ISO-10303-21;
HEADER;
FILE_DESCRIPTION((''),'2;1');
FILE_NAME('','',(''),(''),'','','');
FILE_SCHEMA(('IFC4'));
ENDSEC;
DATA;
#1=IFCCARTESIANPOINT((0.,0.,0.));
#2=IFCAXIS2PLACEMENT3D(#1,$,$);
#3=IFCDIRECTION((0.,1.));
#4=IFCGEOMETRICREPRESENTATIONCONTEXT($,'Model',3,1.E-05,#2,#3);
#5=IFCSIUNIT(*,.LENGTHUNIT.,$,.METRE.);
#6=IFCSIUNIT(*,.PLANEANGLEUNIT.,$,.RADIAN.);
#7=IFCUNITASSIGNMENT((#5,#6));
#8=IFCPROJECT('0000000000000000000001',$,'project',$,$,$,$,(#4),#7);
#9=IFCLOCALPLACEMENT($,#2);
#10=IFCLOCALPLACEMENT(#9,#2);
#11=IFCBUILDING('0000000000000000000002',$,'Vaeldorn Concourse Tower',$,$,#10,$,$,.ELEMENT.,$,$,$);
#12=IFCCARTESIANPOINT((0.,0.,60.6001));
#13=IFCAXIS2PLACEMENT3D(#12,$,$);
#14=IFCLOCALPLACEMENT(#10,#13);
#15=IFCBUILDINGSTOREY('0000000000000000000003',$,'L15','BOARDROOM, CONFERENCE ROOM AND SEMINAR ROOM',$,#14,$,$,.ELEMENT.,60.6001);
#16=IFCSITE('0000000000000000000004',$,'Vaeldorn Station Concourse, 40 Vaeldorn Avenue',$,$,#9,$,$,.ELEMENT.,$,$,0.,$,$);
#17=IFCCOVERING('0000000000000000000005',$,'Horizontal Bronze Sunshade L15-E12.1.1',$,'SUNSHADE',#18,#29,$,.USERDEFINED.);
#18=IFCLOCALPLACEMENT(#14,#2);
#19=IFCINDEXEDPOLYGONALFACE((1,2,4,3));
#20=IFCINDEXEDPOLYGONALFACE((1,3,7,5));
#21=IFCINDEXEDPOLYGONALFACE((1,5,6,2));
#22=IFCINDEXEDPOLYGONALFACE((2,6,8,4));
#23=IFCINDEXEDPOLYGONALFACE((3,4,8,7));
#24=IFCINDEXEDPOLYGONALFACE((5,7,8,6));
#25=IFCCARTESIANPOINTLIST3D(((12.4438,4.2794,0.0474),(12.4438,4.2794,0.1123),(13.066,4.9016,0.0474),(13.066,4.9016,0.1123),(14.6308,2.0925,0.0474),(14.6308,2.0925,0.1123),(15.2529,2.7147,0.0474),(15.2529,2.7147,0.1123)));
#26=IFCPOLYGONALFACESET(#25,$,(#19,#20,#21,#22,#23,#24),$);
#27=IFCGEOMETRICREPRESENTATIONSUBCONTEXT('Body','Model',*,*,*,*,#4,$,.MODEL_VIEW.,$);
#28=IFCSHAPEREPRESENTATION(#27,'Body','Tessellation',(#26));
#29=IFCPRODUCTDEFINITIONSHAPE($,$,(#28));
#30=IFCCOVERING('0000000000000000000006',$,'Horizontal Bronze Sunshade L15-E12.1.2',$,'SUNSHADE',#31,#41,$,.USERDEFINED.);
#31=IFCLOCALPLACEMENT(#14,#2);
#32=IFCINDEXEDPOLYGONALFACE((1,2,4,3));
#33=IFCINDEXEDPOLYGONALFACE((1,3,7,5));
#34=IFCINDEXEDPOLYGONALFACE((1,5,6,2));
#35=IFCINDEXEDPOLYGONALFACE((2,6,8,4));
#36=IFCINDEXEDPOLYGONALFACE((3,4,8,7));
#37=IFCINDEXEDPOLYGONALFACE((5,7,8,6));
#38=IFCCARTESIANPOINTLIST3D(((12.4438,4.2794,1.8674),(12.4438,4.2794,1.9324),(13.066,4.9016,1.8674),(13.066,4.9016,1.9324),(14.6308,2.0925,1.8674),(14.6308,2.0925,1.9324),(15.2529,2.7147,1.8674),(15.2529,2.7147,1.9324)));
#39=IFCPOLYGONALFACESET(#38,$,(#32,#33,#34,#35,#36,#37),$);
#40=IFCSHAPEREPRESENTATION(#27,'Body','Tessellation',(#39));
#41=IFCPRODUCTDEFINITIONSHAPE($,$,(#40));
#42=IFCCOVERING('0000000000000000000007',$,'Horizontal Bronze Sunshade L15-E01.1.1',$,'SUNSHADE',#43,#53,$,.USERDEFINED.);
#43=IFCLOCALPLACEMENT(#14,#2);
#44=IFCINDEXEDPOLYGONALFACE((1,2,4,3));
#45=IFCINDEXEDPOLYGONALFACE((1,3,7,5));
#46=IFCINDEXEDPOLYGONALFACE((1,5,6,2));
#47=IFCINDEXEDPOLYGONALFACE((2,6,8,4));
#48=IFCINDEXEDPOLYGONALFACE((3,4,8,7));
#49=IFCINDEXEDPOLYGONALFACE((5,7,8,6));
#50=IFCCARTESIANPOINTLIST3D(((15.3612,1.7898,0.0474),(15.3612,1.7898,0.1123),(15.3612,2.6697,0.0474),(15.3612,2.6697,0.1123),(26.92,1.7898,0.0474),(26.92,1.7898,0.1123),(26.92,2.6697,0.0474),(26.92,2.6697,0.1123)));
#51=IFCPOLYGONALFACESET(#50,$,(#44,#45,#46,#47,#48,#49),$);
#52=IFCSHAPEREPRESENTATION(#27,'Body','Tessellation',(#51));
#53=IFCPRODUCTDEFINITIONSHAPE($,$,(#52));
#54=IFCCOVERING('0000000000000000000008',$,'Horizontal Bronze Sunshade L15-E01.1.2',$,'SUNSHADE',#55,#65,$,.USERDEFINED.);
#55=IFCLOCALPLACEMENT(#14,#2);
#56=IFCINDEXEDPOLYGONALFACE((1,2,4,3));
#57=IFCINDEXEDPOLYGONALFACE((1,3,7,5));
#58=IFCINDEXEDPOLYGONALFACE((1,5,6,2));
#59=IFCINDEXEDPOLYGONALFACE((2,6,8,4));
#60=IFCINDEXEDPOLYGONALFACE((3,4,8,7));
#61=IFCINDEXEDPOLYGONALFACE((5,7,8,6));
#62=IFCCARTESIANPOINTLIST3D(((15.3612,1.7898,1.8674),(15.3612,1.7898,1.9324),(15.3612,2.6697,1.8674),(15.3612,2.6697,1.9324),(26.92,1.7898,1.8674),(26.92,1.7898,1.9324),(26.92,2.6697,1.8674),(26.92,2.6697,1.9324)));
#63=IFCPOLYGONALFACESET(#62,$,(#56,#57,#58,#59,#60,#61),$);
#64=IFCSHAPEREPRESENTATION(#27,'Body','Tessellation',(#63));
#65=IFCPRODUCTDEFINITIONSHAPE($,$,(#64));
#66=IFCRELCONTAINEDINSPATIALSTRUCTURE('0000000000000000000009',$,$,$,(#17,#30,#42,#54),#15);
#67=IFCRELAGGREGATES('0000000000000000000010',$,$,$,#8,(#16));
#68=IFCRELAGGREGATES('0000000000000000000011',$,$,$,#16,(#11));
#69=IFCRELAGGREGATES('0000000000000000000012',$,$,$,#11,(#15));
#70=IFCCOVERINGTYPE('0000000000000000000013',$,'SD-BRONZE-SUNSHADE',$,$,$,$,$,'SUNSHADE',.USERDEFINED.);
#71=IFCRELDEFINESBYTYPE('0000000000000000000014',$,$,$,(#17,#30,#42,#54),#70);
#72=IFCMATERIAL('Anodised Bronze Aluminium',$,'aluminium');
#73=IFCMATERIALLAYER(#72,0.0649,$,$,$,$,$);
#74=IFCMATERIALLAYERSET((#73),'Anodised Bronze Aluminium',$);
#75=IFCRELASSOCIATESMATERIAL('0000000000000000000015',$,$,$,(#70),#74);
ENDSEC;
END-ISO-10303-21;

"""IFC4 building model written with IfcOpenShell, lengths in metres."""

from ifc_helpers import new_model, si_unit, direction, frame, origin, origin_2d, place, context, subcontext, project, spatial, rectangle, extrude, source, transform, mapped, material, layer, layer_set, type_object, element, save


model = new_model("IFC4")

# Units and contexts
model_context = context("Model", 3, precision=1e-05, world=origin(), true_north=direction((0.0, 1.0)))
body_context = subcontext(model_context, "Body", "Model", "MODEL_VIEW")
ifc_project = project(units=[si_unit("LENGTHUNIT", "METRE"), si_unit("PLANEANGLEUNIT", "RADIAN")], contexts=[model_context])

# Site, building, storey
site_placement = place(None, origin())
site = spatial("IfcSite", under=ifc_project, at=site_placement, Name="Vaeldorn Station Concourse, 40 Vaeldorn Avenue", CompositionType="ELEMENT", RefElevation=0.0)
building_placement = place(site_placement, origin())
building = spatial("IfcBuilding", under=site, at=building_placement, Name="Vaeldorn Concourse Tower", CompositionType="ELEMENT")
storey_placement = place(building_placement, frame((0.0, 0.0, 60.6001)))
storey = spatial("IfcBuildingStorey", under=building, at=storey_placement, Name="L15", Description="BOARDROOM, CONFERENCE ROOM AND SEMINAR ROOM", CompositionType="ELEMENT", Elevation=60.6001)

# Shared definitions
ifc_material_1 = material(Name="Anodised Bronze Aluminium", Category="aluminium")

# Coverings
ifc_layer_1 = layer(ifc_material_1, 0.0649)
ifc_layer_set_1 = layer_set([ifc_layer_1], Name="Anodised Bronze Aluminium")
covering_type = type_object("IfcCoveringType", Name="SD-BRONZE-SUNSHADE", ElementType="SUNSHADE", PredefinedType="USERDEFINED", material=ifc_layer_set_1)
shared_shape_1 = source(origin(), body_context, "Body", "SweptSolid", [
    extrude(rectangle(XDim=3.0928, YDim=0.8799, at=origin_2d()), origin(), (0.0, 0.0, 1.0), 0.0649),
])
for number, where, z_axis, x_axis, name in (
    (1, (13.8484, 3.4971, 0.0474), (0.0, 0.0, 1.0), (0.707107, -0.707107, 0.0), "Horizontal Bronze Sunshade L15-E12.1.1"),
    (2, (13.8484, 3.4971, 1.8674), (0.0, 0.0, 1.0), (0.707107, -0.707107, 0.0), "Horizontal Bronze Sunshade L15-E12.1.2"),
):
    element("IfcCovering", number, at=place(storey_placement, frame(where, z_axis=z_axis, x_axis=x_axis)), inside=storey, type_object=covering_type, Name=name, ObjectType="SUNSHADE", PredefinedType="USERDEFINED", context=body_context, shape_type="MappedRepresentation", body=[
        mapped(shared_shape_1, transform((0.0, 0.0, 0.0), scale=1.0)),
    ])
shared_shape_2 = source(origin(), body_context, "Body", "SweptSolid", [
    extrude(rectangle(XDim=11.5588, YDim=0.8799, at=origin_2d()), origin(), (0.0, 0.0, 1.0), 0.0649),
])
for number, where, z_axis, x_axis, name in (
    (3, (21.1406, 2.2297, 0.0474), (0.0, 0.0, 1.0), (1.0, 0.0, 0.0), "Horizontal Bronze Sunshade L15-E01.1.1"),
    (4, (21.1406, 2.2297, 1.8674), (0.0, 0.0, 1.0), (1.0, 0.0, 0.0), "Horizontal Bronze Sunshade L15-E01.1.2"),
):
    element("IfcCovering", number, at=place(storey_placement, frame(where, z_axis=z_axis, x_axis=x_axis)), inside=storey, type_object=covering_type, Name=name, ObjectType="SUNSHADE", PredefinedType="USERDEFINED", context=body_context, shape_type="MappedRepresentation", body=[
        mapped(shared_shape_2, transform((0.0, 0.0, 0.0), scale=1.0)),
    ])

save(model, "model.ifc")
